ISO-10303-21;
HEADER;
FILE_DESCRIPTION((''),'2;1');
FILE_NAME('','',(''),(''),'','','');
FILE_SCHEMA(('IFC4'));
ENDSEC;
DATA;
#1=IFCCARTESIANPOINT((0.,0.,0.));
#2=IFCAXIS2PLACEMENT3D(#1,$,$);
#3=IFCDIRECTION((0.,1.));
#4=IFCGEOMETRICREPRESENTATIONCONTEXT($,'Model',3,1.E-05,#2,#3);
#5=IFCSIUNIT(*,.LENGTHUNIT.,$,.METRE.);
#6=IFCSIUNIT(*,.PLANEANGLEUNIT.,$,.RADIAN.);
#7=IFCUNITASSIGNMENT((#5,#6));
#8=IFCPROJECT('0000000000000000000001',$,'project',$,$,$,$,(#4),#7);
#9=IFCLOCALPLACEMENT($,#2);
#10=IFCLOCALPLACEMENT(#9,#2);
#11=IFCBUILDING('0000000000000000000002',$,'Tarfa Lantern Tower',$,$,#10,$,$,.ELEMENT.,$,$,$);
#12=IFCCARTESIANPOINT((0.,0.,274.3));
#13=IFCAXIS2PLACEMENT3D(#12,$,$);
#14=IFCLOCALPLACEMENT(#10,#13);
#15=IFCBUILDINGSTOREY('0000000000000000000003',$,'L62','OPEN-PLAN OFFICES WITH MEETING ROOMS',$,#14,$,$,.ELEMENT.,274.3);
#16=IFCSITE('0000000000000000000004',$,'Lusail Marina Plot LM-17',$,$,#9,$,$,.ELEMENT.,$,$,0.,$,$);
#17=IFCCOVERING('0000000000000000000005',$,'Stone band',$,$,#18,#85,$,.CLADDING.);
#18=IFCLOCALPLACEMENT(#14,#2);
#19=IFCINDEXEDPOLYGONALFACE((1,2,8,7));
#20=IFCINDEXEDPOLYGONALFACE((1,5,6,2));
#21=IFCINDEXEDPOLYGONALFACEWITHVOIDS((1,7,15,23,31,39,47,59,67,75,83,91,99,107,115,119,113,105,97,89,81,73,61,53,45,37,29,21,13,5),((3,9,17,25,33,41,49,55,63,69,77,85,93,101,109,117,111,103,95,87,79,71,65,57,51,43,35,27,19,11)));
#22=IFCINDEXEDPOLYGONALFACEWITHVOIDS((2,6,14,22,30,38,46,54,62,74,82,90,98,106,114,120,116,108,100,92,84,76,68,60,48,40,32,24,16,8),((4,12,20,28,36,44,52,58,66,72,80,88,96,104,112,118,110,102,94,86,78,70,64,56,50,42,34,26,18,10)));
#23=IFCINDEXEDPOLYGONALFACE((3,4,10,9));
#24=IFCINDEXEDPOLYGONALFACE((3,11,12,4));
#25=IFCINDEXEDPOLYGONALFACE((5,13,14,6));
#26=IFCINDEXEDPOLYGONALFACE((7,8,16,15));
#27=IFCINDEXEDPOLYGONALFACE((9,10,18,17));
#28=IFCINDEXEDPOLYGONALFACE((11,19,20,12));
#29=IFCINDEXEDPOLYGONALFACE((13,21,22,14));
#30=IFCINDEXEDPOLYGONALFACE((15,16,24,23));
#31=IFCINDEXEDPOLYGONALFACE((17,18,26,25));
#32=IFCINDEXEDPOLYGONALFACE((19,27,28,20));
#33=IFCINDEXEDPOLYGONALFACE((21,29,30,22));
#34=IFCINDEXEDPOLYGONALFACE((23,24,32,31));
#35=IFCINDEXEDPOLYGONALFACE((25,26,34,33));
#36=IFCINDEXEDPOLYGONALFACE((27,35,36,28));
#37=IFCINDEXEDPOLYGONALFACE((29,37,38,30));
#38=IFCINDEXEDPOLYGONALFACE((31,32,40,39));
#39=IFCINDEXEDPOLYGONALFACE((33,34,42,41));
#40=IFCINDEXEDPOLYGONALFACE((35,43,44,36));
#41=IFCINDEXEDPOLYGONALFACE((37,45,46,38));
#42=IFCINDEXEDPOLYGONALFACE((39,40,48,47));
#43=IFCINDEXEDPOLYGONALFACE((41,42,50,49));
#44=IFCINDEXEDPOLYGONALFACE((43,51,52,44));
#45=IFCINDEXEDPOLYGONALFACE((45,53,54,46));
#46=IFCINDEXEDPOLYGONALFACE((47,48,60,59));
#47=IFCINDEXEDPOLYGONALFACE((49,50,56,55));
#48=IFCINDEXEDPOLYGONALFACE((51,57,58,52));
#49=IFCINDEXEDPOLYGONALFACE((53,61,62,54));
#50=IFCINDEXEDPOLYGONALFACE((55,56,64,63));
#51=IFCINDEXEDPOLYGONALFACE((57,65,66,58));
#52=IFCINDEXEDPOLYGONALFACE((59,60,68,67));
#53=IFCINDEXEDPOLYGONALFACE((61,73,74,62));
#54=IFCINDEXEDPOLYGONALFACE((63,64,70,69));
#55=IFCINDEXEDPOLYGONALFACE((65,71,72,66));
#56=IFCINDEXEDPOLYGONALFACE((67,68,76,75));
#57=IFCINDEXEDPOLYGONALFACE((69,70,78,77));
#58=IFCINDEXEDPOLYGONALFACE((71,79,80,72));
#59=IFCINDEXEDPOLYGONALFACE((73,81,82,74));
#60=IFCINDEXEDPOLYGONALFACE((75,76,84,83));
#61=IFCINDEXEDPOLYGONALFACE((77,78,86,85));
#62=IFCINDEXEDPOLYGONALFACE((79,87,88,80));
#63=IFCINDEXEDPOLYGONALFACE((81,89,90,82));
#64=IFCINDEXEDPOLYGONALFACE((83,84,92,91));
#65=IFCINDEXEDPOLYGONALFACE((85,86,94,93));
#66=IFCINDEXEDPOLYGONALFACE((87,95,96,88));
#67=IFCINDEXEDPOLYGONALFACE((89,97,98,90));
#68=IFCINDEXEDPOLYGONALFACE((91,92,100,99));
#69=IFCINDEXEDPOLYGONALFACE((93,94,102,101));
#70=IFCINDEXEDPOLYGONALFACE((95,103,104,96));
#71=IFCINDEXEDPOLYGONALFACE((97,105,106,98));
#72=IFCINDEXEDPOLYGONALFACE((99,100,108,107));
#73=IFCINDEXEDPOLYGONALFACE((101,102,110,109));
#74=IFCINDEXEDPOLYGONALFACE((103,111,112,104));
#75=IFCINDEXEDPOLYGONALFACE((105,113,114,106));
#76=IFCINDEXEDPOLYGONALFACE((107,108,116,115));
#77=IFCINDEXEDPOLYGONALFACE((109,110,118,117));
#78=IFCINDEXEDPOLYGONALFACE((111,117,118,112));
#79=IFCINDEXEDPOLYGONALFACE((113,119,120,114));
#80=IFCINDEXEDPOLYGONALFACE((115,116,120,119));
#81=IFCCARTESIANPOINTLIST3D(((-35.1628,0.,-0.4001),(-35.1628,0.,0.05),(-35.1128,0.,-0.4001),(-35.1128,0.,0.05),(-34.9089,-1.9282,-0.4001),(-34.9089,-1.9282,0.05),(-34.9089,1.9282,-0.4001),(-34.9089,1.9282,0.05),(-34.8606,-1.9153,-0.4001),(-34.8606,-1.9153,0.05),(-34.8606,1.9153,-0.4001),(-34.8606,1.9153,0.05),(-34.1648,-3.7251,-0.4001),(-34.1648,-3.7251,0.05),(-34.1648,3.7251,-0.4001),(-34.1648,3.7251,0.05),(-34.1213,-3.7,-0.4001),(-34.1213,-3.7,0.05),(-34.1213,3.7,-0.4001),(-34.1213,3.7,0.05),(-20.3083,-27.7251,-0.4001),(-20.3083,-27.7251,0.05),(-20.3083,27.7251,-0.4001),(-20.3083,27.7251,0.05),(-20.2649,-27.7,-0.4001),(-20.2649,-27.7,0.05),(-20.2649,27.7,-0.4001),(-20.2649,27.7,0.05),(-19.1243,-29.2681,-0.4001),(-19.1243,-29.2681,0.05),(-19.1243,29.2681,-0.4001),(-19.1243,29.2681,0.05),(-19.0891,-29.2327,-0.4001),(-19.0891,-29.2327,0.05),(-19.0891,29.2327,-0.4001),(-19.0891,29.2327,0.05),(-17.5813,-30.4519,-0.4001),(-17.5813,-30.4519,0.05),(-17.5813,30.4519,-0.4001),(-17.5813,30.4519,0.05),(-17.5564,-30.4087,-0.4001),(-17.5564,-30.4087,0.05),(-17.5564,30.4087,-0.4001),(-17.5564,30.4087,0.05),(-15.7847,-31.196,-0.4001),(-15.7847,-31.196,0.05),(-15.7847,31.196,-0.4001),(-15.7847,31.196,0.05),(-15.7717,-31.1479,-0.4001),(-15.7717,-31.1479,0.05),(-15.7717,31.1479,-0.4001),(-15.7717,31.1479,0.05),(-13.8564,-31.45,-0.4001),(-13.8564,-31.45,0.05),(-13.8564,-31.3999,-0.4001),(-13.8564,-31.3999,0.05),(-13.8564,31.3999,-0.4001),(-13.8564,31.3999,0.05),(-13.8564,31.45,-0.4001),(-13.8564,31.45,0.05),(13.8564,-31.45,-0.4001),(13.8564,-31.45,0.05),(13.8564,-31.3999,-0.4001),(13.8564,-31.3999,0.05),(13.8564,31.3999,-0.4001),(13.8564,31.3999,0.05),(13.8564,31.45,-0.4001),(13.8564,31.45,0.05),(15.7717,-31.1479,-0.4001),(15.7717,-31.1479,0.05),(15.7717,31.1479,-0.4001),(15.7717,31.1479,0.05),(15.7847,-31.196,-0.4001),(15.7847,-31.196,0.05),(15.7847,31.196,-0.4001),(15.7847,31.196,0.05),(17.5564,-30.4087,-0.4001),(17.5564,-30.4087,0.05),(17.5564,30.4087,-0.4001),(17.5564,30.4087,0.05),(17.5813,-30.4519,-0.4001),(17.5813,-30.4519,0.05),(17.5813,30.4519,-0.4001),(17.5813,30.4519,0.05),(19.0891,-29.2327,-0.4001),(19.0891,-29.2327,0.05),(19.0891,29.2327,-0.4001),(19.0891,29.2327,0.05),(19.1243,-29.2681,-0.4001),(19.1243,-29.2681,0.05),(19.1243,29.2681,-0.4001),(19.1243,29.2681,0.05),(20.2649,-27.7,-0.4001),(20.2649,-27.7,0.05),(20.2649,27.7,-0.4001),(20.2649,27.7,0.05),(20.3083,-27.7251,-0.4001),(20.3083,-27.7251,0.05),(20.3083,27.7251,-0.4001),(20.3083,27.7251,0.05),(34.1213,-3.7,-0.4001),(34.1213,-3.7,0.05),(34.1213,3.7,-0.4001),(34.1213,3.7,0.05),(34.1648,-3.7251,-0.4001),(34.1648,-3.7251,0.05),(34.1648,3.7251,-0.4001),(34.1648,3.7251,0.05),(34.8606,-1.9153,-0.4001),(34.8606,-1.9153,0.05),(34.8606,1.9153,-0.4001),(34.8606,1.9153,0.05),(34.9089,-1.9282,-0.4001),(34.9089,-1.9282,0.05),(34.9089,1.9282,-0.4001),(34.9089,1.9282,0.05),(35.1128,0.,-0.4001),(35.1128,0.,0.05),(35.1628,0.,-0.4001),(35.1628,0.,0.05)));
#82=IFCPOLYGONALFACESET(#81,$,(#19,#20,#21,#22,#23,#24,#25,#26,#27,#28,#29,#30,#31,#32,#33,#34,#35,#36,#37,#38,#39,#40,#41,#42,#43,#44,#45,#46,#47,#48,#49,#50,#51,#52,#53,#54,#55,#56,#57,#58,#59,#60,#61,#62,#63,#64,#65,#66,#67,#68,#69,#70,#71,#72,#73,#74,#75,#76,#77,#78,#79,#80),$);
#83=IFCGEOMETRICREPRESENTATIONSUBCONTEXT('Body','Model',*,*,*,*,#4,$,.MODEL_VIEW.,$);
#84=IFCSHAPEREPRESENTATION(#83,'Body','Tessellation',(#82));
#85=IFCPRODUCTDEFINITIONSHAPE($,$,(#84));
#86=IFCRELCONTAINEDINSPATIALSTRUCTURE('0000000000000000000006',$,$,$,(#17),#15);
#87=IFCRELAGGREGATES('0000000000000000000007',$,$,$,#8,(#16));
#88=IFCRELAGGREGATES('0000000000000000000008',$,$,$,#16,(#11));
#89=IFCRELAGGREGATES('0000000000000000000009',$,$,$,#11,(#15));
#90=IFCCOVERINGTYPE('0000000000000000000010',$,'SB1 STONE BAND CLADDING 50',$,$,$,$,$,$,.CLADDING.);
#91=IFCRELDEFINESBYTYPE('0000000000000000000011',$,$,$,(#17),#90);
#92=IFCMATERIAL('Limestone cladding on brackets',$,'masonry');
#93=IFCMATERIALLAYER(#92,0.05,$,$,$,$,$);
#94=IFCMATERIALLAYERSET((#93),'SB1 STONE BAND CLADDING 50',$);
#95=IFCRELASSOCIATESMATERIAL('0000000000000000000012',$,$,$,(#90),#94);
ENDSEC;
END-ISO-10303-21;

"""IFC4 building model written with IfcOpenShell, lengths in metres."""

from ifc_helpers import new_model, si_unit, direction, frame, origin, place, context, subcontext, project, spatial, polyline, outline, extrude, material, layer, layer_set, type_object, element, save


model = new_model("IFC4")

# Units and contexts
model_context = context("Model", 3, precision=1e-05, world=origin(), true_north=direction((0.0, 1.0)))
body_context = subcontext(model_context, "Body", "Model", "MODEL_VIEW")
ifc_project = project(units=[si_unit("LENGTHUNIT", "METRE"), si_unit("PLANEANGLEUNIT", "RADIAN")], contexts=[model_context])

# Site, building, storey
site_placement = place(None, origin())
site = spatial("IfcSite", under=ifc_project, at=site_placement, Name="Lusail Marina Plot LM-17", CompositionType="ELEMENT", RefElevation=0.0)
building_placement = place(site_placement, origin())
building = spatial("IfcBuilding", under=site, at=building_placement, Name="Tarfa Lantern Tower", CompositionType="ELEMENT")
storey_placement = place(building_placement, frame((0.0, 0.0, 274.3)))
storey = spatial("IfcBuildingStorey", under=building, at=storey_placement, Name="L62", Description="OPEN-PLAN OFFICES WITH MEETING ROOMS", CompositionType="ELEMENT", Elevation=274.3)

# Covering
ifc_material_1 = material(Name="Limestone cladding on brackets", Category="masonry")
ifc_layer_1 = layer(ifc_material_1, 0.05)
ifc_layer_set_1 = layer_set([ifc_layer_1], Name="SB1 STONE BAND CLADDING 50")
covering_type_1 = type_object("IfcCoveringType", Name="SB1 STONE BAND CLADDING 50", PredefinedType="CLADDING", material=ifc_layer_set_1)
covering_1_placement = place(storey_placement, frame((0.0, 0.0, -0.4001)))
element("IfcCovering", 1, at=covering_1_placement, inside=storey, type_object=covering_type_1, Name="Stone band", PredefinedType="CLADDING", context=body_context, shape_type="SweptSolid", body=[
    extrude(outline(polyline([(34.1648, 3.7251), (20.3083, 27.7251), (19.1243, 29.2681), (17.5813, 30.4519), (15.7847, 31.196), (13.8564, 31.45), (-13.8564, 31.45), (-15.7847, 31.196), (-17.5813, 30.4519), (-19.1243, 29.2681), (-20.3083, 27.7251), (-34.1648, 3.7251), (-34.9089, 1.9282), (-35.1628, 0.0), (-34.9089, -1.9282), (-34.1648, -3.7251), (-20.3083, -27.7251), (-19.1243, -29.2681), (-17.5813, -30.4519), (-15.7847, -31.196), (-13.8564, -31.45), (13.8564, -31.45), (15.7847, -31.196), (17.5813, -30.4519), (19.1243, -29.2681), (20.3083, -27.7251), (34.1648, -3.7251), (34.9089, -1.9282), (35.1628, 0.0), (34.9089, 1.9282), (34.1648, 3.7251)]), holes=[polyline([(34.1213, 3.7), (20.2649, 27.7), (19.0891, 29.2327), (17.5564, 30.4087), (15.7717, 31.1479), (13.8564, 31.3999), (-13.8564, 31.3999), (-15.7717, 31.1479), (-17.5564, 30.4087), (-19.0891, 29.2327), (-20.2649, 27.7), (-34.1213, 3.7), (-34.8606, 1.9153), (-35.1128, 0.0), (-34.8606, -1.9153), (-34.1213, -3.7), (-20.2649, -27.7), (-19.0891, -29.2327), (-17.5564, -30.4087), (-15.7717, -31.1479), (-13.8564, -31.3999), (13.8564, -31.3999), (15.7717, -31.1479), (17.5564, -30.4087), (19.0891, -29.2327), (20.2649, -27.7), (34.1213, -3.7), (34.8606, -1.9153), (35.1128, 0.0), (34.8606, 1.9153), (34.1213, 3.7)])]), origin(), (0.0, 0.0, 1.0), 0.4502),
])

save(model, "model.ifc")
